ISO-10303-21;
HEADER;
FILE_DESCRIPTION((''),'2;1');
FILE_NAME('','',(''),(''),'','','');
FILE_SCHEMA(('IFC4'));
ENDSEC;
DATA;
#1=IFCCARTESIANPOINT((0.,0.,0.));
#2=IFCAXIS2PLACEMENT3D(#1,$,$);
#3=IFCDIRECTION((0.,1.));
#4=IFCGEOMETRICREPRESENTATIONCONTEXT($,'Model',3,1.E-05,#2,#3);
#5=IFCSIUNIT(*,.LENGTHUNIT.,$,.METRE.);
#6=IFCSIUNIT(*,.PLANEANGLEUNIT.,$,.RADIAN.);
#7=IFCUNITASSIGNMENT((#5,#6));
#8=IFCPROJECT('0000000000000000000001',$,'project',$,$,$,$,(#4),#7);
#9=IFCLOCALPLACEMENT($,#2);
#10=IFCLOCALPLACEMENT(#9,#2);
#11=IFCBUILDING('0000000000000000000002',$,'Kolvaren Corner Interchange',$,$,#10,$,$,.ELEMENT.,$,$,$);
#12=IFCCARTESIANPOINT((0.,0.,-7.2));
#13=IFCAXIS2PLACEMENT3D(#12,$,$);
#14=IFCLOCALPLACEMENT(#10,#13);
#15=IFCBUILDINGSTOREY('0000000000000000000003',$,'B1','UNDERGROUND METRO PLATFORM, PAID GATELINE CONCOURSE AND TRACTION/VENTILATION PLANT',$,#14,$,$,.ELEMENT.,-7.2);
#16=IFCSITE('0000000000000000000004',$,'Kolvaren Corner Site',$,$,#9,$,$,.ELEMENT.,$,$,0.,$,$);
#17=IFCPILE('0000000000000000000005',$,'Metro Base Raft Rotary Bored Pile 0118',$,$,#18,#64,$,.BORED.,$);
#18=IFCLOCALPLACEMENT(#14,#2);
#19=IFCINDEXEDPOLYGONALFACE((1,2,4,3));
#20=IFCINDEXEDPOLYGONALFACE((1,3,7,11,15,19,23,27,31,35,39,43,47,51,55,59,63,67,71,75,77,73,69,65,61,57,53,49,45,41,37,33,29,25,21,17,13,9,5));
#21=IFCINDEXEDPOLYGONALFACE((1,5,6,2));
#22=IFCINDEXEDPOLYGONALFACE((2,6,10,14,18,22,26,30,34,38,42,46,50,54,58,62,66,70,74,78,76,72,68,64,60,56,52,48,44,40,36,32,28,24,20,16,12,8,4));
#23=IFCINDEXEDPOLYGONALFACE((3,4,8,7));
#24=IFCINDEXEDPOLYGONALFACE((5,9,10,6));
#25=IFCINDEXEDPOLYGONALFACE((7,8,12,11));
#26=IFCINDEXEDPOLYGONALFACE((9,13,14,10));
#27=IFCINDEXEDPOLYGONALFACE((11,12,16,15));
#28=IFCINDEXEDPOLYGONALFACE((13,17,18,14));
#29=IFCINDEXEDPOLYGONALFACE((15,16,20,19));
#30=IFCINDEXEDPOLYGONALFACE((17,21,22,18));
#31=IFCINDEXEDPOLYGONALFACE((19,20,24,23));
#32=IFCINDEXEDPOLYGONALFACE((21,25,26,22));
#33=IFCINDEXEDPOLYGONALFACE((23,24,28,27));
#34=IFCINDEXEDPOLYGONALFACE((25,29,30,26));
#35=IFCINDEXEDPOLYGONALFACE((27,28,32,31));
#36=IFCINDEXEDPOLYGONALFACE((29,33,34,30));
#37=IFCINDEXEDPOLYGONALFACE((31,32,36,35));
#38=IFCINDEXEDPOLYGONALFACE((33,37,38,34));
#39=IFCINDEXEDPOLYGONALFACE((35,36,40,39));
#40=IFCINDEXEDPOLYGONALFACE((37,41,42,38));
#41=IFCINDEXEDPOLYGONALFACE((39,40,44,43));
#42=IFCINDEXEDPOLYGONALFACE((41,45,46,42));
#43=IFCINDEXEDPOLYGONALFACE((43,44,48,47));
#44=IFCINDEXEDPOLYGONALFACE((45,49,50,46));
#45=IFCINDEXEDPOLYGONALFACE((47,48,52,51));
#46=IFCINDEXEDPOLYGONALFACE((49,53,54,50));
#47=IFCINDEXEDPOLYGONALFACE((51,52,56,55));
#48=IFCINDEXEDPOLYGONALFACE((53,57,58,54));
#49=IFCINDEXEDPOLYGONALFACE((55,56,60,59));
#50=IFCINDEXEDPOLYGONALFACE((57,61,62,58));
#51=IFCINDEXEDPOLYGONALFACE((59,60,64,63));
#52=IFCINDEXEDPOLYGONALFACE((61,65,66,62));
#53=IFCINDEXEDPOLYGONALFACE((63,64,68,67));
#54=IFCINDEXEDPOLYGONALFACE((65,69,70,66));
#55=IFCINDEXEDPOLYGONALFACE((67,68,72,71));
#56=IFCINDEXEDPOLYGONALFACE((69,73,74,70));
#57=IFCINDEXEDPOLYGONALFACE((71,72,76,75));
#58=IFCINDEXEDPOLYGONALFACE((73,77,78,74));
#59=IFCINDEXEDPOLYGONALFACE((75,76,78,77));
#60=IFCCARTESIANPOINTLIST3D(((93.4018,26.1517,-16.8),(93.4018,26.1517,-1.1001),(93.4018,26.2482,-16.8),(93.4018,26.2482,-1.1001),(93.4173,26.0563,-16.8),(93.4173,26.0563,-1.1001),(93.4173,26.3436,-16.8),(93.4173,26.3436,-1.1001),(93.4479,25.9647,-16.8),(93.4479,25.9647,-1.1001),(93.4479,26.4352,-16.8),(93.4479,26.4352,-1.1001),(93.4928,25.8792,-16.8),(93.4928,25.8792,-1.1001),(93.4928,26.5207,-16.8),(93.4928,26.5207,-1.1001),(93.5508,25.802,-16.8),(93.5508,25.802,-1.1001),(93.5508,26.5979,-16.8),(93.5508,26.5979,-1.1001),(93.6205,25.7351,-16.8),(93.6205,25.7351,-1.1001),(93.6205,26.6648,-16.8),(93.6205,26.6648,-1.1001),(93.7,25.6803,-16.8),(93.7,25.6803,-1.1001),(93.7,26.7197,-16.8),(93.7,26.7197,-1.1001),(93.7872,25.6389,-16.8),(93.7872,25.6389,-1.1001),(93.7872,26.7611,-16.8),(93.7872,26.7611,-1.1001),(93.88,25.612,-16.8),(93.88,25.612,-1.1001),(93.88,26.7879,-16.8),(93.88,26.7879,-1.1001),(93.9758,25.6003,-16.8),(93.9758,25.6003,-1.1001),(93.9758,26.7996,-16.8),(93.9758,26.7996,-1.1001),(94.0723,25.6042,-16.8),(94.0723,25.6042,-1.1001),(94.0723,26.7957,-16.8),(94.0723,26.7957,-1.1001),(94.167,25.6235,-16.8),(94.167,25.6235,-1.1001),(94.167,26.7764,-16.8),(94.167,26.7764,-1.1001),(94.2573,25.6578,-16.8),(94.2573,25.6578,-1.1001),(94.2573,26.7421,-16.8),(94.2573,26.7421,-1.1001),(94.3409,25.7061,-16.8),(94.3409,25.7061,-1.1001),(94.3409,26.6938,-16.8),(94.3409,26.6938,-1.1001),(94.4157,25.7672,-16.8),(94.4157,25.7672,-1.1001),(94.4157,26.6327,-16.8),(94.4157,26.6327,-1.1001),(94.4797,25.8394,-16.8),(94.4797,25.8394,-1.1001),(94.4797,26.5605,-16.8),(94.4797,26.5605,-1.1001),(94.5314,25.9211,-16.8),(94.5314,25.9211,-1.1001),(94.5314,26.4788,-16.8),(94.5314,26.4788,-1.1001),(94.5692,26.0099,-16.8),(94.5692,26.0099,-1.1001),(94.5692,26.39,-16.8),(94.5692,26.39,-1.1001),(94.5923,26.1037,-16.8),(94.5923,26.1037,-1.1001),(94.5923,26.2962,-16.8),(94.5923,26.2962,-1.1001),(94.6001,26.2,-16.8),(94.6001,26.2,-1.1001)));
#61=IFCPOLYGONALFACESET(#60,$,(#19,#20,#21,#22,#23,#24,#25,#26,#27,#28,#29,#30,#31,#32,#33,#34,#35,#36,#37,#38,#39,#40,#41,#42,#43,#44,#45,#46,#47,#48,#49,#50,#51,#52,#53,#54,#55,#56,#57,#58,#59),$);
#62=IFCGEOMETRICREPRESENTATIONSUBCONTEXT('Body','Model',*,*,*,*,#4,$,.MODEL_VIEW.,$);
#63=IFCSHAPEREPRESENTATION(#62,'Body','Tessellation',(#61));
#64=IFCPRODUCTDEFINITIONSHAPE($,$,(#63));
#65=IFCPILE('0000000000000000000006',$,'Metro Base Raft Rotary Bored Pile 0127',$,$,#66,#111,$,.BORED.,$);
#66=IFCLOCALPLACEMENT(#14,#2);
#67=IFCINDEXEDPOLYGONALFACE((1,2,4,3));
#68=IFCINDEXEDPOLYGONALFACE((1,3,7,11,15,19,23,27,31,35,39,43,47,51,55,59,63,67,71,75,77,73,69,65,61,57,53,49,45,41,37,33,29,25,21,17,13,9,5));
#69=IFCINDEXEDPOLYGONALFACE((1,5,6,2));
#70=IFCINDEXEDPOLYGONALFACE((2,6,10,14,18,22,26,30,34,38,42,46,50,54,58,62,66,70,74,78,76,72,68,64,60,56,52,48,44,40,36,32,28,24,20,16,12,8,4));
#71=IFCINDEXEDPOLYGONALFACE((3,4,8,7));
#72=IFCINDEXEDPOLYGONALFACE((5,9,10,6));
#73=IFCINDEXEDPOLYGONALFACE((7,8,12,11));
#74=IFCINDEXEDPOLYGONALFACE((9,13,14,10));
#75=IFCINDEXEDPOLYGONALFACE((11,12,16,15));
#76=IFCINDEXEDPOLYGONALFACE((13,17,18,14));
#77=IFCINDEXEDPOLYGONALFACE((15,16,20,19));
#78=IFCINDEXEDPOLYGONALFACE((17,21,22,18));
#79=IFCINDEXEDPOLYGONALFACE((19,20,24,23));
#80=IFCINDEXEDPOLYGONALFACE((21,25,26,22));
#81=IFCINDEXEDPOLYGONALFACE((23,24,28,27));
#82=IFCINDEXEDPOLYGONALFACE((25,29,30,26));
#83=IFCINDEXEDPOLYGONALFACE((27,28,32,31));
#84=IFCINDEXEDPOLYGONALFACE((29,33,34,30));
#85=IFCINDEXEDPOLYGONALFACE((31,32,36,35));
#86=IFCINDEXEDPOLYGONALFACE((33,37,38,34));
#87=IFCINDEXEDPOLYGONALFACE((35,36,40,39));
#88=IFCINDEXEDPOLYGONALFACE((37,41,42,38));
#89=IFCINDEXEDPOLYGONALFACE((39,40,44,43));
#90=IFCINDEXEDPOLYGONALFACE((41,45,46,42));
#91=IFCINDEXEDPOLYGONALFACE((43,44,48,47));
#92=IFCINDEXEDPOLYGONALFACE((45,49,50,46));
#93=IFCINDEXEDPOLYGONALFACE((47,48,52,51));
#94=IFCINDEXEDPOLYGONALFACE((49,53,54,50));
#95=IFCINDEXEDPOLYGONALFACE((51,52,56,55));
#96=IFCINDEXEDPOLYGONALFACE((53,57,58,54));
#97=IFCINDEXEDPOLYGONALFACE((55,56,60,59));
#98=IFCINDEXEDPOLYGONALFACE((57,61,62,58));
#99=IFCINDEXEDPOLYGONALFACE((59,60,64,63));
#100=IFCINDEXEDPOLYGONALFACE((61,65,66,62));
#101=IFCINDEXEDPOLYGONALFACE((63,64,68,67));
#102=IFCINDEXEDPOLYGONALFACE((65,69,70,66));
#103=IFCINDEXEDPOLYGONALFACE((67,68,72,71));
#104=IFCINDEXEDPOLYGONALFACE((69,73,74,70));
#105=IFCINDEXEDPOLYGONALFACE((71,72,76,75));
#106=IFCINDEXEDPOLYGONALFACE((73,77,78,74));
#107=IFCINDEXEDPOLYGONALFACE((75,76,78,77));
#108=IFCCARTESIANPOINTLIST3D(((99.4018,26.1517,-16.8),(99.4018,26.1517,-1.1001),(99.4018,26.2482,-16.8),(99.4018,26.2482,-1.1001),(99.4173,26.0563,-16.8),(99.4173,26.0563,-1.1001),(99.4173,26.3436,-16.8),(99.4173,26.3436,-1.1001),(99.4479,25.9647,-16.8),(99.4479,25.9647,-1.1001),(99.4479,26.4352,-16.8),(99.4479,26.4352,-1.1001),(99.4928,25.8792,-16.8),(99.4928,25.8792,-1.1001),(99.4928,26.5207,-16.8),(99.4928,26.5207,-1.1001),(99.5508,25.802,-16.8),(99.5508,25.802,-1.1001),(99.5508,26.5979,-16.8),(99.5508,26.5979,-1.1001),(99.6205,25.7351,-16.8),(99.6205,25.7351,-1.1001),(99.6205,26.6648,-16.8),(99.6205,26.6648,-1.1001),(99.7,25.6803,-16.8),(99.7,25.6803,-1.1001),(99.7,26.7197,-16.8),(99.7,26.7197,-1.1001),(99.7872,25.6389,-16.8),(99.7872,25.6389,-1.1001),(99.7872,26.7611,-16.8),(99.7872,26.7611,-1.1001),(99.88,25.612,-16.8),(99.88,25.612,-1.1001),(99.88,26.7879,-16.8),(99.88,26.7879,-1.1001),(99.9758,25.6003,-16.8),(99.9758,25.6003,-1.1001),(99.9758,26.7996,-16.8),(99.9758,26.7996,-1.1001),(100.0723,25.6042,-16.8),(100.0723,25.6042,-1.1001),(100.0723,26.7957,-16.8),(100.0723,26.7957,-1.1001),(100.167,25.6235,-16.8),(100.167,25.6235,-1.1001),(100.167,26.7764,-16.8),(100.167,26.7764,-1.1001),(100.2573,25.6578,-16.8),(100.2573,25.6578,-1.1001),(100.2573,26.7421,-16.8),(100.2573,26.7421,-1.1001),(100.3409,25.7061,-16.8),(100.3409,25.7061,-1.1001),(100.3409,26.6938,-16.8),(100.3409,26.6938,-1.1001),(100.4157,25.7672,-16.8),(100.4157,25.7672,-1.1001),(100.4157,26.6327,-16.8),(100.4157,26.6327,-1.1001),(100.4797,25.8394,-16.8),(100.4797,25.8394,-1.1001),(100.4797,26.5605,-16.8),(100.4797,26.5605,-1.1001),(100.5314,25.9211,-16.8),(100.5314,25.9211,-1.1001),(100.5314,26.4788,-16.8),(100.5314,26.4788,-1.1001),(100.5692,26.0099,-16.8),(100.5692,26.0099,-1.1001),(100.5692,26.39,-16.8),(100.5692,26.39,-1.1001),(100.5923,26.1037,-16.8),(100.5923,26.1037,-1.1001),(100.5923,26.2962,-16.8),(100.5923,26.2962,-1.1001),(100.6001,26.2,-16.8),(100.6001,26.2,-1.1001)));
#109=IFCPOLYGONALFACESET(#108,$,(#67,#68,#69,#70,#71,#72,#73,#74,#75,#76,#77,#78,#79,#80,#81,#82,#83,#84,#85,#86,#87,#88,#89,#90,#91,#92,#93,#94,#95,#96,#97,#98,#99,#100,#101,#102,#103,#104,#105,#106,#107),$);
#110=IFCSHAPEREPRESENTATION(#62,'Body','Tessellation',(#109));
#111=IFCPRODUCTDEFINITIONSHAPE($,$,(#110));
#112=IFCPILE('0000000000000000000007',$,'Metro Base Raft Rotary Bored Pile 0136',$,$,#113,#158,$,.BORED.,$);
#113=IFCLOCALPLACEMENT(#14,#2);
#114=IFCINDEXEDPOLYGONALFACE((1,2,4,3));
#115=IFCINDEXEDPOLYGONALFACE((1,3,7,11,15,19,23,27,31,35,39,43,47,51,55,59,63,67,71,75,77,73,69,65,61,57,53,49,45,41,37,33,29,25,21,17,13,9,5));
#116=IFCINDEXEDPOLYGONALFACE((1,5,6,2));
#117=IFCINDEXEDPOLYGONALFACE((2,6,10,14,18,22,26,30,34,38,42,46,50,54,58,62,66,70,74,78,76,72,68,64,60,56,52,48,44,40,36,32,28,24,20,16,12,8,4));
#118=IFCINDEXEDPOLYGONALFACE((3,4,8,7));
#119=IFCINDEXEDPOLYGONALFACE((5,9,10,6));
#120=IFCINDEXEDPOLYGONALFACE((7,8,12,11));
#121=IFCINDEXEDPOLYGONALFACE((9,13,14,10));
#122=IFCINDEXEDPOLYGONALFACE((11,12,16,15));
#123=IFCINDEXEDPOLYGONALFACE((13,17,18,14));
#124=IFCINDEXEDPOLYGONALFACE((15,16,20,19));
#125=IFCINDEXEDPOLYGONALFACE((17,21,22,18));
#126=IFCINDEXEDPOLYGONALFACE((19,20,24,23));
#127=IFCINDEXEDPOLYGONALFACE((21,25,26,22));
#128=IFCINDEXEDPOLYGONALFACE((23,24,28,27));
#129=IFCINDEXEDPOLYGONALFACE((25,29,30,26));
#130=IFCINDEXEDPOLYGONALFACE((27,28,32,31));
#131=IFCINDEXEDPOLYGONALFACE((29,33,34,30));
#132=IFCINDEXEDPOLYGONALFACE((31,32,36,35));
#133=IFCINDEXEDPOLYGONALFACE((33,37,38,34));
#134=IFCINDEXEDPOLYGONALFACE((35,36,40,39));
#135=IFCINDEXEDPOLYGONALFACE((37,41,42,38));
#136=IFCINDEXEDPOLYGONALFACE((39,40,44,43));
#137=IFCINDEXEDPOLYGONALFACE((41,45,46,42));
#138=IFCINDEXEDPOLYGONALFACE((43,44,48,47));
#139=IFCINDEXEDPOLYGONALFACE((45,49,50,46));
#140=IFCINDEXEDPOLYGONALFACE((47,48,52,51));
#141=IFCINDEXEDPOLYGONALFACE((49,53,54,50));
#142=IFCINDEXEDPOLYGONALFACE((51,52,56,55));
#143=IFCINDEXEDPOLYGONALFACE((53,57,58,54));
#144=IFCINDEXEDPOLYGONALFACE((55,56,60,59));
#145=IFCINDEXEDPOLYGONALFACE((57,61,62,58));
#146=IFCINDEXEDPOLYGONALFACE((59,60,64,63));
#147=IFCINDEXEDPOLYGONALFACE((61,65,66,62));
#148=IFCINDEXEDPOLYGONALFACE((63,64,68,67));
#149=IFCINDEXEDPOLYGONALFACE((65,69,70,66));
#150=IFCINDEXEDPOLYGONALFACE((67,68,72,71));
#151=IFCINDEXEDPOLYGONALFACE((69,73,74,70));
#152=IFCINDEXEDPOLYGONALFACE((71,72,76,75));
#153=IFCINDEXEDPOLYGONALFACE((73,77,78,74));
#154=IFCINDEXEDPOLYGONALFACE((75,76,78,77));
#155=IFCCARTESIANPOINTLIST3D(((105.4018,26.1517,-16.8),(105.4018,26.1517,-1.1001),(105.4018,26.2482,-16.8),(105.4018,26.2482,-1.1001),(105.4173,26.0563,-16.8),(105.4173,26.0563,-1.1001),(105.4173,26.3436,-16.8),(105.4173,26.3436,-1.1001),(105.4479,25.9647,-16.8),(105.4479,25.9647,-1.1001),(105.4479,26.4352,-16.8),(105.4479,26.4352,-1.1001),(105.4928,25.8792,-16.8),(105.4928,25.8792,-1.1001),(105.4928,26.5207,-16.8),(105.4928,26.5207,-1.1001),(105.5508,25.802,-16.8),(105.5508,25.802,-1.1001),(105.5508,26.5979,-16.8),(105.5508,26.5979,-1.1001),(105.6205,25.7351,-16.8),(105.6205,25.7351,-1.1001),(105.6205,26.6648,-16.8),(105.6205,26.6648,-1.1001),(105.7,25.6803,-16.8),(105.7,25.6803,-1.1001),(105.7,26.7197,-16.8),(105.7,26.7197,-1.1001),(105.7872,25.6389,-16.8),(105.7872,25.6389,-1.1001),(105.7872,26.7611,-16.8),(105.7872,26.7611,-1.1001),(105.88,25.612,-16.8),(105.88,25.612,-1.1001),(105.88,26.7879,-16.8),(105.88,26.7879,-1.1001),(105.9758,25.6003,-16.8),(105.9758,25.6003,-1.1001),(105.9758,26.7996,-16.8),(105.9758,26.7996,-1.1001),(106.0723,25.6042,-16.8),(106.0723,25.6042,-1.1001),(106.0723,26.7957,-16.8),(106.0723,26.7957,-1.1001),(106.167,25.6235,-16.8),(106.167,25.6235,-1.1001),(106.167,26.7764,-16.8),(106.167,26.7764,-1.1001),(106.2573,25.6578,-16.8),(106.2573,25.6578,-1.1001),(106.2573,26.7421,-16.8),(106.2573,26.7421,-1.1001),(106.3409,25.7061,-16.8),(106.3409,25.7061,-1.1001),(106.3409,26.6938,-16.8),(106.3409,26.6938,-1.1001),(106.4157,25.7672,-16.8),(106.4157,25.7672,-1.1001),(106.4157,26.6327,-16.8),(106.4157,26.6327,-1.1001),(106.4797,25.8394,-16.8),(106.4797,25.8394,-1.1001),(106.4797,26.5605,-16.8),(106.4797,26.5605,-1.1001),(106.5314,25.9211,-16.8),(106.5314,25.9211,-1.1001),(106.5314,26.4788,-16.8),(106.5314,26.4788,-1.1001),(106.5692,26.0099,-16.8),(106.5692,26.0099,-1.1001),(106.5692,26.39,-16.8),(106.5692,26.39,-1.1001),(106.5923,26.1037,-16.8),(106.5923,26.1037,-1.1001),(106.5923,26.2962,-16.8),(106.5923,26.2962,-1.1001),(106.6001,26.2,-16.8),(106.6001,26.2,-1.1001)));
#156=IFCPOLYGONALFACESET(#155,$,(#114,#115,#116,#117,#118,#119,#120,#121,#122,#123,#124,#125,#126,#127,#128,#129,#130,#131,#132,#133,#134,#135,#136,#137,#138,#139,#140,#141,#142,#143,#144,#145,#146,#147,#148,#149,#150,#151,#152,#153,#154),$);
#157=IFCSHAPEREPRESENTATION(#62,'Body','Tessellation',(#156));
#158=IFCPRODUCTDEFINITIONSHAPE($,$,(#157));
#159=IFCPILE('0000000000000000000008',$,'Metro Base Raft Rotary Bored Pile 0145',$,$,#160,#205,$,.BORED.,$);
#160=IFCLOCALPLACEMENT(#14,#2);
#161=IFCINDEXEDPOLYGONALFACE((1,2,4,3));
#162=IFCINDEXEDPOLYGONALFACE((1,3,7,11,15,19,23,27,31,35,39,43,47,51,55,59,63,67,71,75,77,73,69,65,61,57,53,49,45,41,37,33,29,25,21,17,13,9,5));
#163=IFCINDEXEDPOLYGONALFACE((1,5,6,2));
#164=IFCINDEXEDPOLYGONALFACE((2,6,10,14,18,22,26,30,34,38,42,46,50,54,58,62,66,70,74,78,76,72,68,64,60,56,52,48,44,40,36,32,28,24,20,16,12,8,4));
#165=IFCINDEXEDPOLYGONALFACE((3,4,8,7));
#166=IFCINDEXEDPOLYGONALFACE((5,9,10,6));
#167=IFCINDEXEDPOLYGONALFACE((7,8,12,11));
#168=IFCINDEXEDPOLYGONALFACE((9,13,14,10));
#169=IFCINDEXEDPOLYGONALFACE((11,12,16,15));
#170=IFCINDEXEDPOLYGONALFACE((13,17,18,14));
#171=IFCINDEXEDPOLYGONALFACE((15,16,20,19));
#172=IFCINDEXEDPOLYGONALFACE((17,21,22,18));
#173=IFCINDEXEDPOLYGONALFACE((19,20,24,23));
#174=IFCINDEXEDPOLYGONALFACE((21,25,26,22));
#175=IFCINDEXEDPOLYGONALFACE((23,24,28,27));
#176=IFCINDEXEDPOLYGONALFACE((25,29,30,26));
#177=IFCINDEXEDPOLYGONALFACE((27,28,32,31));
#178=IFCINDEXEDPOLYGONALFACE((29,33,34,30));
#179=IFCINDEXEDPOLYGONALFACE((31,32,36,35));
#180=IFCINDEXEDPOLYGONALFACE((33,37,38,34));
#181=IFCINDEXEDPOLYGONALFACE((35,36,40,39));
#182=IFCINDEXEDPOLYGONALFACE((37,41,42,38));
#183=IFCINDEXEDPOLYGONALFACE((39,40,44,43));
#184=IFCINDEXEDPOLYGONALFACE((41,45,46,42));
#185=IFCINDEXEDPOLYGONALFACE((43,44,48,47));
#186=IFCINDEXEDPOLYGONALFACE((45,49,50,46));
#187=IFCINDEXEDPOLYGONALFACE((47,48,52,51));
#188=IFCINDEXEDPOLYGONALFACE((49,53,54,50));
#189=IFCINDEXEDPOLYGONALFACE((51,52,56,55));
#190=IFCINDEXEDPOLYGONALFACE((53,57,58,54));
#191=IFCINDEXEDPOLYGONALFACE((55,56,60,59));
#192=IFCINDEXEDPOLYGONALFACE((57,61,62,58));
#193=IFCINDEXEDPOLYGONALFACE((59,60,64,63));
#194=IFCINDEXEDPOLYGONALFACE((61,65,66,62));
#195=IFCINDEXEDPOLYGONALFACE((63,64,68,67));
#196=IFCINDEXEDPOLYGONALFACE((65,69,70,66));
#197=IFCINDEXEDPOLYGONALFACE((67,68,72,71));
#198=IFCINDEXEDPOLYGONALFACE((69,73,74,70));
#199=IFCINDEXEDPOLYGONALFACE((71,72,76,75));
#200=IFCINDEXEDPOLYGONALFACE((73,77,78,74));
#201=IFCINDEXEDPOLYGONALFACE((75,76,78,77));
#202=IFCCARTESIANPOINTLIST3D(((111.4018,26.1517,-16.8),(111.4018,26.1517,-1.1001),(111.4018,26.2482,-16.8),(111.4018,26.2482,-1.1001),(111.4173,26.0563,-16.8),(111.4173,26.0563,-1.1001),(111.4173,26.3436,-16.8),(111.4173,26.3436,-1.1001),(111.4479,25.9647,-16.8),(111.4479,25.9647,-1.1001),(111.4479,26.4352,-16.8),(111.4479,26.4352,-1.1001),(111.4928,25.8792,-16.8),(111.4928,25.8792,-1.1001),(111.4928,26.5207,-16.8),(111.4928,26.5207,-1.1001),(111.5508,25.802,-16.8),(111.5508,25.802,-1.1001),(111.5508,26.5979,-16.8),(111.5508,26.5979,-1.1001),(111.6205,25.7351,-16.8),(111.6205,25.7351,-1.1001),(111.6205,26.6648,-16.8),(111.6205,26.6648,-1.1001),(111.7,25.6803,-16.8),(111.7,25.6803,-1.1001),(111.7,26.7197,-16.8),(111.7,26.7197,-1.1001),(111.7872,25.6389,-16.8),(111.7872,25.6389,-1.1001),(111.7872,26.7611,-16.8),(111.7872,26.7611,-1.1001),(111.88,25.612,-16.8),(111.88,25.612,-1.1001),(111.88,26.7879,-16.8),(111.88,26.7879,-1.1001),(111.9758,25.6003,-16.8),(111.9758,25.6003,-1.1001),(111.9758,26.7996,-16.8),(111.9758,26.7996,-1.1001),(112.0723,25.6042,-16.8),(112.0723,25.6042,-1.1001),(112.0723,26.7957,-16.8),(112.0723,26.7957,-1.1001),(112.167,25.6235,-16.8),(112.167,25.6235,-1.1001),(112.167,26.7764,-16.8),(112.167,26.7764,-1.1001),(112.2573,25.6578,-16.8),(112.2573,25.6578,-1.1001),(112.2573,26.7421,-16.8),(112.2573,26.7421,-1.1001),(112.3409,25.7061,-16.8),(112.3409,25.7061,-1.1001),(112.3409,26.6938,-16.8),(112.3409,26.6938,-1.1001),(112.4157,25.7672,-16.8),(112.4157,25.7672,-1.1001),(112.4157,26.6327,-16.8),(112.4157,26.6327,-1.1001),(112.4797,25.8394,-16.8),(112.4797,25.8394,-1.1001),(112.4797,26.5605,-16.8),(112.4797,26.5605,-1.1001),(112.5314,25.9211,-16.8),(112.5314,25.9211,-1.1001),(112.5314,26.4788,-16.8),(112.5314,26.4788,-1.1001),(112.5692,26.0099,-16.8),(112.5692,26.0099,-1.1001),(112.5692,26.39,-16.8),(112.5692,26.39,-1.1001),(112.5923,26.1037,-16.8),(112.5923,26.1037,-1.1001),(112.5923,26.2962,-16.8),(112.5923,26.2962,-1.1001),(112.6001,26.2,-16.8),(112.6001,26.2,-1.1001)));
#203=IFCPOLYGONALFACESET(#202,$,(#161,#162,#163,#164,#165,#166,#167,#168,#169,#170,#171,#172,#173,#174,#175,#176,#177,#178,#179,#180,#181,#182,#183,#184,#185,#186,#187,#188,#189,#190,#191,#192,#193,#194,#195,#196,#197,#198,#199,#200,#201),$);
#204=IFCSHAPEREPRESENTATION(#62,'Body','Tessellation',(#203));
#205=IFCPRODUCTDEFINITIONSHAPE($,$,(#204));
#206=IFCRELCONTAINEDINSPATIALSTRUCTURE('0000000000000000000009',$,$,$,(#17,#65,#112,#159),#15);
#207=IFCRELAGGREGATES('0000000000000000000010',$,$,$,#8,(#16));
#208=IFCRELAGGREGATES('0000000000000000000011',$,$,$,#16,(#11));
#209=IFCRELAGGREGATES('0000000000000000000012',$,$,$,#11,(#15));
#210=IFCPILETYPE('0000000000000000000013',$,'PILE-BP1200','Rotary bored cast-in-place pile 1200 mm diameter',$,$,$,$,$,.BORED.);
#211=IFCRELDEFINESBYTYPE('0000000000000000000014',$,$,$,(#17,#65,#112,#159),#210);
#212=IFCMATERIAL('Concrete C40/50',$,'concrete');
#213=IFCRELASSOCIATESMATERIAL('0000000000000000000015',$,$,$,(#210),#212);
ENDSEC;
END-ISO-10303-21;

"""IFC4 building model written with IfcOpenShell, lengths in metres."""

from ifc_helpers import new_model, si_unit, direction, frame, origin, origin_2d, place, context, subcontext, project, spatial, circle, extrude, material, material_profile, profile_set, type_object, element, save


model = new_model("IFC4")

# Units and contexts
model_context = context("Model", 3, precision=1e-05, world=origin(), true_north=direction((0.0, 1.0)))
body_context = subcontext(model_context, "Body", "Model", "MODEL_VIEW")
ifc_project = project(units=[si_unit("LENGTHUNIT", "METRE"), si_unit("PLANEANGLEUNIT", "RADIAN")], contexts=[model_context])

# Site, building, storey
site_placement = place(None, origin())
site = spatial("IfcSite", under=ifc_project, at=site_placement, Name="Kolvaren Corner Site", CompositionType="ELEMENT", RefElevation=0.0)
building_placement = place(site_placement, origin())
building = spatial("IfcBuilding", under=site, at=building_placement, Name="Kolvaren Corner Interchange", CompositionType="ELEMENT")
storey_placement = place(building_placement, frame((0.0, 0.0, -7.2)))
storey = spatial("IfcBuildingStorey", under=building, at=storey_placement, Name="B1", Description="UNDERGROUND METRO PLATFORM, PAID GATELINE CONCOURSE AND TRACTION/VENTILATION PLANT", CompositionType="ELEMENT", Elevation=-7.2)

# Piles
ifc_material_1 = material(Name="Concrete C40/50", Category="concrete")
ifc_material_profile_1 = material_profile(ifc_material_1, circle(Radius=0.6001, at=origin_2d()), Name="BORED PILE 1200")
ifc_profile_set_1 = profile_set([ifc_material_profile_1], Name="Concrete C40/50")
pile_type_1 = type_object("IfcPileType", Name="PILE-BP1200", Description="Rotary bored cast-in-place pile 1200 mm diameter", PredefinedType="BORED", material=ifc_profile_set_1)
for number, where, z_axis, x_axis, name in (
    (1, (94.0, 26.2, -1.1001), (0.0, 0.0, -1.0), (1.0, 0.0, 0.0), "Metro Base Raft Rotary Bored Pile 0118"),
    (2, (100.0, 26.2, -1.1001), (0.0, 0.0, -1.0), (1.0, 0.0, 0.0), "Metro Base Raft Rotary Bored Pile 0127"),
    (3, (106.0, 26.2, -1.1001), (0.0, 0.0, -1.0), (1.0, 0.0, 0.0), "Metro Base Raft Rotary Bored Pile 0136"),
    (4, (112.0, 26.2, -1.1001), (0.0, 0.0, -1.0), (1.0, 0.0, 0.0), "Metro Base Raft Rotary Bored Pile 0145"),
):
    element("IfcPile", number, at=place(storey_placement, frame(where, z_axis=z_axis, x_axis=x_axis)), inside=storey, type_object=pile_type_1, Name=name, PredefinedType="BORED", context=body_context, shape_type="SweptSolid", body=[
        extrude(circle(Radius=0.6001, at=origin_2d()), origin(), (0.0, 0.0, 1.0), 15.7),
    ])

save(model, "model.ifc")
